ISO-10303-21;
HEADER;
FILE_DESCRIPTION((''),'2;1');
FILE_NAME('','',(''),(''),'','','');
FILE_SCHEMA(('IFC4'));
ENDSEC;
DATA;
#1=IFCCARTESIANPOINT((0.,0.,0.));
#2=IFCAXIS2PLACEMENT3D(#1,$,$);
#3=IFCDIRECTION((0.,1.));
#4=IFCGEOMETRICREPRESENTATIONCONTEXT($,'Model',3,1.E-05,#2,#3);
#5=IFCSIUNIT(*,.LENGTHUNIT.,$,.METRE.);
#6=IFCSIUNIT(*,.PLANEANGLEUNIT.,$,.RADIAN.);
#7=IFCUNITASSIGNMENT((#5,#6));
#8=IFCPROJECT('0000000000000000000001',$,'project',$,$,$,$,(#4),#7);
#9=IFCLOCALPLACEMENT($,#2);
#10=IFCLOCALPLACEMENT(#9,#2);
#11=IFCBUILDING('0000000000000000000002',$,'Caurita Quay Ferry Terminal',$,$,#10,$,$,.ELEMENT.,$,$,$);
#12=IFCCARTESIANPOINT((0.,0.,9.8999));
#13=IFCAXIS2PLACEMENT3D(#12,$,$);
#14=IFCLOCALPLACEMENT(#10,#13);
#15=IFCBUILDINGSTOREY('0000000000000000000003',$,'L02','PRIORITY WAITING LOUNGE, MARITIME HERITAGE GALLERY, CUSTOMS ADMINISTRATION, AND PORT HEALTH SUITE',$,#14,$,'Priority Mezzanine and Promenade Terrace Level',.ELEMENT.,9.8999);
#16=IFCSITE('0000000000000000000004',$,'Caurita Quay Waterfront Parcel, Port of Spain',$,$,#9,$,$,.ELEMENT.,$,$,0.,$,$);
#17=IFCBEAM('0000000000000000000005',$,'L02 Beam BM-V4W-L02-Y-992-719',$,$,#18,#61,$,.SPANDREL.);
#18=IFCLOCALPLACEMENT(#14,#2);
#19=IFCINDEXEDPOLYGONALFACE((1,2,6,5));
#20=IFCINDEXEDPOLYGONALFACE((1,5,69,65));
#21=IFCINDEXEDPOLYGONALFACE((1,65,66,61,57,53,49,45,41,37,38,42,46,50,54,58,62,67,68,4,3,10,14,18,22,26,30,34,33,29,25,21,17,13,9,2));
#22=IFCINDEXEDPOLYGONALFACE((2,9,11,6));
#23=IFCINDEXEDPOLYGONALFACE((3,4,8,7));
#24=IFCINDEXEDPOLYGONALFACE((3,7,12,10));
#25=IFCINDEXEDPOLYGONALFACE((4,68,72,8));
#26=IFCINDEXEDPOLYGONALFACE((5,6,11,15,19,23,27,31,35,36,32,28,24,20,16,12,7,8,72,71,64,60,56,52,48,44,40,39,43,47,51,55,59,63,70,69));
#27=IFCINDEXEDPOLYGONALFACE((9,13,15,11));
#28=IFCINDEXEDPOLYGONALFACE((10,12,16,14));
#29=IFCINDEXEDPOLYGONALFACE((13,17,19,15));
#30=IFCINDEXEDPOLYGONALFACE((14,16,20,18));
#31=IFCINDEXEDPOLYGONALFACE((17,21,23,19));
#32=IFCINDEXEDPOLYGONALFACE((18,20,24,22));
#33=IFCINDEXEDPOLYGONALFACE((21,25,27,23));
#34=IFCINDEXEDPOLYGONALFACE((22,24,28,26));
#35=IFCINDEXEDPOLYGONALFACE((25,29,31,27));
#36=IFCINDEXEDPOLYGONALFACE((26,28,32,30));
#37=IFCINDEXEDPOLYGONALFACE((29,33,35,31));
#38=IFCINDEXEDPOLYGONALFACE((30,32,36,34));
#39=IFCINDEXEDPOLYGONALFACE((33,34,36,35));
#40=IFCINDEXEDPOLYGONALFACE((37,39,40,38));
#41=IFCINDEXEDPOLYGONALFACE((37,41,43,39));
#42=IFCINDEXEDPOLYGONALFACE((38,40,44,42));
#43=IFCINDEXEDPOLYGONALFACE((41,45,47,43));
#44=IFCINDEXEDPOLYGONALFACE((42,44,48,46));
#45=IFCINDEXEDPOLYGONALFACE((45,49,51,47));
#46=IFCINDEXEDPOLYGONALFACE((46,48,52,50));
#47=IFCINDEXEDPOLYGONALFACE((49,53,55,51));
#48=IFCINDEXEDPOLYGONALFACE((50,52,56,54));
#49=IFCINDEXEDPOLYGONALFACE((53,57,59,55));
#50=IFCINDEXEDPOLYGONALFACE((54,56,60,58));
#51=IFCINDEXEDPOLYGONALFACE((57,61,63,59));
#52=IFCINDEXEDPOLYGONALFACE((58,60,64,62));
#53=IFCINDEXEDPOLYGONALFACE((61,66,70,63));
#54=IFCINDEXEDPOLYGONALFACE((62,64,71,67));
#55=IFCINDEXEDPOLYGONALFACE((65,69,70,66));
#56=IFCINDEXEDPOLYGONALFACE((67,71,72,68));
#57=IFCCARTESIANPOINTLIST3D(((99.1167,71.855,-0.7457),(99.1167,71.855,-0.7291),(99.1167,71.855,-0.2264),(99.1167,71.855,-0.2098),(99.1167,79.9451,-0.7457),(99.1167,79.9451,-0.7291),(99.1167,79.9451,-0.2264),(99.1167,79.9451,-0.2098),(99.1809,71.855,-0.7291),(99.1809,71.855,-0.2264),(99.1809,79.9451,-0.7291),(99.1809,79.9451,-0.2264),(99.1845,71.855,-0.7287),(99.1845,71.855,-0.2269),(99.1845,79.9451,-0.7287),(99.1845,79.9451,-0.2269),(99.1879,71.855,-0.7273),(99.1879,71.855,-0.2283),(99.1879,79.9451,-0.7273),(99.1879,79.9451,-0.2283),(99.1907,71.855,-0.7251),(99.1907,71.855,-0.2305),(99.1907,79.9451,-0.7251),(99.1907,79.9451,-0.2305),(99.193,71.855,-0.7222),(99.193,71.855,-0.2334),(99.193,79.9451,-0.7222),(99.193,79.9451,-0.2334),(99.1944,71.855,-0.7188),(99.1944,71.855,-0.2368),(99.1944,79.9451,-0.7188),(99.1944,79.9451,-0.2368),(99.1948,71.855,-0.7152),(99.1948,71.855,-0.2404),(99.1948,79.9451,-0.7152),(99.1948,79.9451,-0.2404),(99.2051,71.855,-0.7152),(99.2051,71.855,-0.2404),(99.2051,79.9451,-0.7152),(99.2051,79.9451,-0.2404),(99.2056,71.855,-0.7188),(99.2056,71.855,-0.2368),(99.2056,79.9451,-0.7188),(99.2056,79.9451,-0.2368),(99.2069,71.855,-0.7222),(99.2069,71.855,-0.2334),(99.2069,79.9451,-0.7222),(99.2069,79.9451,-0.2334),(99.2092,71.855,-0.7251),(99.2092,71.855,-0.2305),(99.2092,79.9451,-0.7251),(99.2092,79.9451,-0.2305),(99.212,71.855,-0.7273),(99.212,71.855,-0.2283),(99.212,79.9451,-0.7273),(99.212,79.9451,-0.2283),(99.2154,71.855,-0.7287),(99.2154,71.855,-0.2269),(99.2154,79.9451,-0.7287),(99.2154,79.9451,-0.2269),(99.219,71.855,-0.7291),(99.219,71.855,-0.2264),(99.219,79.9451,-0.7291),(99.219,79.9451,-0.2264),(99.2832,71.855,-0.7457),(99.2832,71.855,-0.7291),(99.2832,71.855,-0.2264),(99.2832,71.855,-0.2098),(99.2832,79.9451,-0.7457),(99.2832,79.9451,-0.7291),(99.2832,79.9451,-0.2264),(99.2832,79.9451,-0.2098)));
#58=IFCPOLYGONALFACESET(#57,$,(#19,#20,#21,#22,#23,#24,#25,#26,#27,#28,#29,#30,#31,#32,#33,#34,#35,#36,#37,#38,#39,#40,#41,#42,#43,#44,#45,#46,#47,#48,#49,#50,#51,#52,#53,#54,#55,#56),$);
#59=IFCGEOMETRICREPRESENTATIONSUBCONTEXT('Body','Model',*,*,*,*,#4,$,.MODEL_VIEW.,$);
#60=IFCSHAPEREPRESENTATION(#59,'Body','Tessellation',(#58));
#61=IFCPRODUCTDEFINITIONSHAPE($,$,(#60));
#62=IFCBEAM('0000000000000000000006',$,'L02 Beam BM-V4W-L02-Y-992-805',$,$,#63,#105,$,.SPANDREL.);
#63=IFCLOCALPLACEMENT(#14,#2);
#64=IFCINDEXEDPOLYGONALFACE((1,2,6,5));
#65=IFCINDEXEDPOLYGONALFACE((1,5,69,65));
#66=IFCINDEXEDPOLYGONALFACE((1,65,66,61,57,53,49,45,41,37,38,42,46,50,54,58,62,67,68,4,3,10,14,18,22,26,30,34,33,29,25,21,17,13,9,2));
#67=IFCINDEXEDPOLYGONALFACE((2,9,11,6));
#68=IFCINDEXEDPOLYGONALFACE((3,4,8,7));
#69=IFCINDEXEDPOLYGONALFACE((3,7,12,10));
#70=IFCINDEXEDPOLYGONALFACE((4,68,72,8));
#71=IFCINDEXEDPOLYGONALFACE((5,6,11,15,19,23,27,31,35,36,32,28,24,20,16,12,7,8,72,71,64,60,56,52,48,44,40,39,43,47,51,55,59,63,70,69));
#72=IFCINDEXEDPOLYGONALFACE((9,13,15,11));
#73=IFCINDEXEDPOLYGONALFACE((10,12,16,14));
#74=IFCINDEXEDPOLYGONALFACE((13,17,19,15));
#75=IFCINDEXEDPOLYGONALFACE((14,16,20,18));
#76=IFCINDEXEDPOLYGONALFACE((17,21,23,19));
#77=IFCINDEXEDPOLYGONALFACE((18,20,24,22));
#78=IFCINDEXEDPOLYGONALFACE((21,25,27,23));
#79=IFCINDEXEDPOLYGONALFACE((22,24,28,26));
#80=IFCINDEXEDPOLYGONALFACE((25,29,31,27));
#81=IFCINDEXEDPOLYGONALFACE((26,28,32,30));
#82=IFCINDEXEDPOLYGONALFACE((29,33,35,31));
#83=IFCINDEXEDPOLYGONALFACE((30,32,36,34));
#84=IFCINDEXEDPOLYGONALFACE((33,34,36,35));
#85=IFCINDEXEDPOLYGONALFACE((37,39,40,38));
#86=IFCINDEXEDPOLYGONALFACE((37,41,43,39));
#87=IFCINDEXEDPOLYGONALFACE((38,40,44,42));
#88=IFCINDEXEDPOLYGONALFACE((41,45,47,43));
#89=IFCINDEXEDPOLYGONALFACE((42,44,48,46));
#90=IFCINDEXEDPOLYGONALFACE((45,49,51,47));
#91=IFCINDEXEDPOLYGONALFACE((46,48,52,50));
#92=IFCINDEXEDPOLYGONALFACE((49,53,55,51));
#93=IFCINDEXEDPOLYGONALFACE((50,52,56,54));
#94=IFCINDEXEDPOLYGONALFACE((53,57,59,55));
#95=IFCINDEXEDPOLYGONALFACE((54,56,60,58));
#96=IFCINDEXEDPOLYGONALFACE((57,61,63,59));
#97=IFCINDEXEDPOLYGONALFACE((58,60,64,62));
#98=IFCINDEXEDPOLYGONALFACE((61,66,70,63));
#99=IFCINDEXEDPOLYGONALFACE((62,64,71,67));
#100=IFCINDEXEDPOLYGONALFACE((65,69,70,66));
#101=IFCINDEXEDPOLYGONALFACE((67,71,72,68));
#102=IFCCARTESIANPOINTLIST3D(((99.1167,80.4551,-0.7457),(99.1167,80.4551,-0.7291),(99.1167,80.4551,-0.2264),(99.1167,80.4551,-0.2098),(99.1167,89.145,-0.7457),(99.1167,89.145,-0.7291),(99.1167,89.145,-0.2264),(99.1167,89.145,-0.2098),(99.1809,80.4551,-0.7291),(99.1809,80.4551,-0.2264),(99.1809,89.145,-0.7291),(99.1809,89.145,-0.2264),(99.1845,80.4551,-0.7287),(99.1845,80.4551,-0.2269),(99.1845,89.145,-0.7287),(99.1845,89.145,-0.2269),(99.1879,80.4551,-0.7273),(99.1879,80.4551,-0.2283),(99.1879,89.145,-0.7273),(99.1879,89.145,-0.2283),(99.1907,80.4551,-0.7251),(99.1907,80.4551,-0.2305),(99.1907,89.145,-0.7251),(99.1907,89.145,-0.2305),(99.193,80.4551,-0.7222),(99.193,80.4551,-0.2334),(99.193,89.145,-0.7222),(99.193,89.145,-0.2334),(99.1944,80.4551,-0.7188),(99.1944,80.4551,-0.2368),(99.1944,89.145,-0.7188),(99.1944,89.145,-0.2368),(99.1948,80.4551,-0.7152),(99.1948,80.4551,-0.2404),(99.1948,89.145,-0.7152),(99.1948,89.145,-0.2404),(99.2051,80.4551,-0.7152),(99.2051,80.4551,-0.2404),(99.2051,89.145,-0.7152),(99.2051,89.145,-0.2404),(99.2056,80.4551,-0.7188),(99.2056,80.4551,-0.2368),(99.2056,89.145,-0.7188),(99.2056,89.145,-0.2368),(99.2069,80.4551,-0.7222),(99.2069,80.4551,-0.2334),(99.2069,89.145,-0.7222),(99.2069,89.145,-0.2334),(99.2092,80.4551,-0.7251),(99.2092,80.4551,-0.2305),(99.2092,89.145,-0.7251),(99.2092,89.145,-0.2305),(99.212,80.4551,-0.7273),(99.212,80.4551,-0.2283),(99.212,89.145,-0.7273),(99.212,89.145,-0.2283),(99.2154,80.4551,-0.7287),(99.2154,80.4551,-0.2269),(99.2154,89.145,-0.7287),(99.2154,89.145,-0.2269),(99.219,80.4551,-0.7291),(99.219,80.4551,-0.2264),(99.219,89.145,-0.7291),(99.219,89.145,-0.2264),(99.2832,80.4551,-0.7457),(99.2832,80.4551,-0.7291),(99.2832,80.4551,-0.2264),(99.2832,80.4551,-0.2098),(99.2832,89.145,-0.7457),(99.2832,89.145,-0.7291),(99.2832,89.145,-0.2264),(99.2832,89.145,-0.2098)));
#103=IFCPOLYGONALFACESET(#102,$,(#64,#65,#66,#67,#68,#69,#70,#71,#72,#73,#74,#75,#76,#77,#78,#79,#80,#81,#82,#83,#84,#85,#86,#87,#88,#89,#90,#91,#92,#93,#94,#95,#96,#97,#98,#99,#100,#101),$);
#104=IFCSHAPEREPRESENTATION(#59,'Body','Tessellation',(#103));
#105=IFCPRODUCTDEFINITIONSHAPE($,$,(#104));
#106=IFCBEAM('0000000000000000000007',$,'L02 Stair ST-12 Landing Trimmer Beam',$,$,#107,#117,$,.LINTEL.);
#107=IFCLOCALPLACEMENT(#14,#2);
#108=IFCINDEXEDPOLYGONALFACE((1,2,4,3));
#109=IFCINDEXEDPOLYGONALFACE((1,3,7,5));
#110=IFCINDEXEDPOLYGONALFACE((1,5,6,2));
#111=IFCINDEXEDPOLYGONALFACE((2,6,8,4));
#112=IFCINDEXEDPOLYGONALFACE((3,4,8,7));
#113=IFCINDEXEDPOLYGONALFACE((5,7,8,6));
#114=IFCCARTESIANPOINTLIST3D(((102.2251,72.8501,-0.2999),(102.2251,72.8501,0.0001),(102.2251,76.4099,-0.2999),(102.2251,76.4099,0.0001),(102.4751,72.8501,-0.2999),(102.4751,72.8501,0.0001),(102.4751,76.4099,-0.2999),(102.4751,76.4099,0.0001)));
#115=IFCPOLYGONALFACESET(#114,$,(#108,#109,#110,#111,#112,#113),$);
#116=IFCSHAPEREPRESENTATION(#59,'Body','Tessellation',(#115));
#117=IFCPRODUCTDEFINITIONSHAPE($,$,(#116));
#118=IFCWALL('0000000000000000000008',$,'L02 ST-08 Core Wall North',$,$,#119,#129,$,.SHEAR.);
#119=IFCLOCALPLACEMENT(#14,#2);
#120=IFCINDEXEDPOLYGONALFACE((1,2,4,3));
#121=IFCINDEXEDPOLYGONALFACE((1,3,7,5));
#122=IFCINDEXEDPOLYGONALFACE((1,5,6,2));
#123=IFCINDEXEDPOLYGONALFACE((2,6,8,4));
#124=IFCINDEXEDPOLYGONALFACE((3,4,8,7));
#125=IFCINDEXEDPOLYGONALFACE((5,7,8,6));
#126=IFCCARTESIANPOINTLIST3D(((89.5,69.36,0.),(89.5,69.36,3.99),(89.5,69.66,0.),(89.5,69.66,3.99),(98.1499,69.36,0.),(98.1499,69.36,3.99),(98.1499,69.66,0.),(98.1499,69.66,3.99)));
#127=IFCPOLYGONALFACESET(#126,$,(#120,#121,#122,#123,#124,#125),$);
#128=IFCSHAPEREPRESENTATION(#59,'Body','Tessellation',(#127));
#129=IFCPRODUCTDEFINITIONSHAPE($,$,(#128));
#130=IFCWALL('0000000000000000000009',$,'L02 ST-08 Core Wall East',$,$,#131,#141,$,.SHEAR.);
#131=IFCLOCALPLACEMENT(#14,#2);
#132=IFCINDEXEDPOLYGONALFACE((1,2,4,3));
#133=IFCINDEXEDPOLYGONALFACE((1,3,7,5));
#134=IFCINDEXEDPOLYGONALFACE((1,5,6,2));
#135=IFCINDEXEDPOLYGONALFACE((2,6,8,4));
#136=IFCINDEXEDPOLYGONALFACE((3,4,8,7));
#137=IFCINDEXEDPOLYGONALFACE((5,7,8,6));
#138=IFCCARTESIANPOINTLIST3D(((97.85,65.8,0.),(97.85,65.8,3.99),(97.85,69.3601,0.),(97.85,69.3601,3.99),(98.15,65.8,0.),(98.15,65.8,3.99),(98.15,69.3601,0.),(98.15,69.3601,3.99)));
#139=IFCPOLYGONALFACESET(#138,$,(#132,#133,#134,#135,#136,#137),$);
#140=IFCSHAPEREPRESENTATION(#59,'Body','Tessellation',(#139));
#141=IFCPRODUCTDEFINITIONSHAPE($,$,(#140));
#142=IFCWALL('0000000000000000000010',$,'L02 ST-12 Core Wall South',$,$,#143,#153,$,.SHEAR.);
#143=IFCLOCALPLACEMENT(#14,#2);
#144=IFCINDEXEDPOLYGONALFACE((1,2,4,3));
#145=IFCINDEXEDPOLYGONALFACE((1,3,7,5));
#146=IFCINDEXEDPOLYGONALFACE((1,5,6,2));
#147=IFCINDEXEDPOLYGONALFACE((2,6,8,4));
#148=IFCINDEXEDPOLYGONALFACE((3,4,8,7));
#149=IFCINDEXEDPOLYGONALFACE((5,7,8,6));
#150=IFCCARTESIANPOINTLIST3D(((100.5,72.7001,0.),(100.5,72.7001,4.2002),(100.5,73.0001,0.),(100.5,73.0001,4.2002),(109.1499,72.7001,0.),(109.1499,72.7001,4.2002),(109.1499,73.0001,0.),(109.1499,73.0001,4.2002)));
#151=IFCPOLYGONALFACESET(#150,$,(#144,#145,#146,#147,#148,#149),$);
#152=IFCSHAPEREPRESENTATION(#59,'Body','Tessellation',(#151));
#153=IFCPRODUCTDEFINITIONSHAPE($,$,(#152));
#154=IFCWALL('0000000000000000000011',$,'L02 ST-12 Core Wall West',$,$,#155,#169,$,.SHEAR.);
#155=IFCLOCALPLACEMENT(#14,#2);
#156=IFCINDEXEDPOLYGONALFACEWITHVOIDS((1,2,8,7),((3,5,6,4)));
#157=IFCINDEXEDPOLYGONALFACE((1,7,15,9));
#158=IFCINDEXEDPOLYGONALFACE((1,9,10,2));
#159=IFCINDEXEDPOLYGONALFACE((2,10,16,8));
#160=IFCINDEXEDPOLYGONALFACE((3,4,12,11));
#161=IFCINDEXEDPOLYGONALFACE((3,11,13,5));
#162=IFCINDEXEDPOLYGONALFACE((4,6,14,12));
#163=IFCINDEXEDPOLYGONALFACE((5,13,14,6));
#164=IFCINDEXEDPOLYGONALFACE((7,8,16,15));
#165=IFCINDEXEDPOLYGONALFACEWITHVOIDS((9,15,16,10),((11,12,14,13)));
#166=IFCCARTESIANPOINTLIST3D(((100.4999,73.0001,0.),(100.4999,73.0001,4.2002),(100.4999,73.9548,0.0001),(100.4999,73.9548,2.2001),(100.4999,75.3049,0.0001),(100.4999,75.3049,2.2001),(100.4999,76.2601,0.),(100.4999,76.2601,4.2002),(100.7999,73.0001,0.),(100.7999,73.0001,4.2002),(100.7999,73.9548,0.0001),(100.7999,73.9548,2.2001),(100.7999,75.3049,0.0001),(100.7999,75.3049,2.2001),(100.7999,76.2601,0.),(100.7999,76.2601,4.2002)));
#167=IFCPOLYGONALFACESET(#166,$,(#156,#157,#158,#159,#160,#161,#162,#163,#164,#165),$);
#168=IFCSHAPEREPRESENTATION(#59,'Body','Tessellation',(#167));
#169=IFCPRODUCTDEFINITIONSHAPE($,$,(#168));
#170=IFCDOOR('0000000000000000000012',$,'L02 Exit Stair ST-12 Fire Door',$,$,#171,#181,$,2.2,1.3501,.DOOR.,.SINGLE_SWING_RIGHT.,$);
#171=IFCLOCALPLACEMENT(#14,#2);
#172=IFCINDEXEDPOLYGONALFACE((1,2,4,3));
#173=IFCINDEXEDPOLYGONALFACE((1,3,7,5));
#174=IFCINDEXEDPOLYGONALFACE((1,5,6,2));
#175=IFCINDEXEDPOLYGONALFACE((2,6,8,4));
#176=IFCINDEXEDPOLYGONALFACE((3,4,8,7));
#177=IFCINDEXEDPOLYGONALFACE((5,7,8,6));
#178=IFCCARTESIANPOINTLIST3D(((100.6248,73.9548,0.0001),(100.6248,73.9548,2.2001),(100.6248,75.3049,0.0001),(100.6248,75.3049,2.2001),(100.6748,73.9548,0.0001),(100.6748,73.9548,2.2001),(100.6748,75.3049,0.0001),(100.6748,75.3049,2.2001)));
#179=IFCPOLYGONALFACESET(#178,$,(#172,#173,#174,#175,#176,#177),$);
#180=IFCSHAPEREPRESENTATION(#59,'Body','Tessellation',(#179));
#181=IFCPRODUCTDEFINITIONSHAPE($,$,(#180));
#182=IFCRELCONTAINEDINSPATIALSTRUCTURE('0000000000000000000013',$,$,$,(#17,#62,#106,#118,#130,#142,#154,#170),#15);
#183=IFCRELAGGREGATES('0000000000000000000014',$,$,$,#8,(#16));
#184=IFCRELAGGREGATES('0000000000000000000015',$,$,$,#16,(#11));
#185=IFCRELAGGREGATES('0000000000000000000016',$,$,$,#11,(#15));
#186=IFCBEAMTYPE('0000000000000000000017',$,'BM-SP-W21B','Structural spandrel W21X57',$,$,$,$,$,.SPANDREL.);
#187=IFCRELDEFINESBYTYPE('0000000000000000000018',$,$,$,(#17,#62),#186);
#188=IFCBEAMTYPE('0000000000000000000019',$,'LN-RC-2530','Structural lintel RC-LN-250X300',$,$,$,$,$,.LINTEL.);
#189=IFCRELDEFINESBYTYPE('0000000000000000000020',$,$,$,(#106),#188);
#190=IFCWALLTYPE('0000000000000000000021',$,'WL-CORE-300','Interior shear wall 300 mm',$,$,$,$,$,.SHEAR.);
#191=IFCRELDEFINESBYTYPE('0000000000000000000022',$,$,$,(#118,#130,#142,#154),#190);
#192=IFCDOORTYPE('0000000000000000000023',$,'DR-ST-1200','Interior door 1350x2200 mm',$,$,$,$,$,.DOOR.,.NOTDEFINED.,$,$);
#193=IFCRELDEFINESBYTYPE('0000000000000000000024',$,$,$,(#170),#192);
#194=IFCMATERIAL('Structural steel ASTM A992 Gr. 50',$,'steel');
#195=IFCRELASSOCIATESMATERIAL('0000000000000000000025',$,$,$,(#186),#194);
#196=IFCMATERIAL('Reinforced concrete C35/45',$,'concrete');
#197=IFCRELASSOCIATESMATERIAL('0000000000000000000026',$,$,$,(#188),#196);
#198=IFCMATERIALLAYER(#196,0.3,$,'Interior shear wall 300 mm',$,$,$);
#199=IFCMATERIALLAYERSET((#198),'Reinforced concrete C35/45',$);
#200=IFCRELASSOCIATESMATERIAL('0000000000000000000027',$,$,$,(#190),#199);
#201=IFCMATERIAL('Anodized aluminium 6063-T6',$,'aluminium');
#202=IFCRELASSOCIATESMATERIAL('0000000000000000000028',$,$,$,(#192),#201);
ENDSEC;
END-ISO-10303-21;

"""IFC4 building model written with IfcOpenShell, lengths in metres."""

from ifc_helpers import new_model, si_unit, direction, frame, frame_2d, origin, origin_2d, place, context, subcontext, project, spatial, rectangle, i_section, extrude, material, layer, layer_set, material_profile, profile_set, type_object, element, fill, save


model = new_model("IFC4")

# Units and contexts
model_context = context("Model", 3, precision=1e-05, world=origin(), true_north=direction((0.0, 1.0)))
body_context = subcontext(model_context, "Body", "Model", "MODEL_VIEW")
ifc_project = project(units=[si_unit("LENGTHUNIT", "METRE"), si_unit("PLANEANGLEUNIT", "RADIAN")], contexts=[model_context])

# Site, building, storey
site_placement = place(None, origin())
site = spatial("IfcSite", under=ifc_project, at=site_placement, Name="Caurita Quay Waterfront Parcel, Port of Spain", CompositionType="ELEMENT", RefElevation=0.0)
building_placement = place(site_placement, origin())
building = spatial("IfcBuilding", under=site, at=building_placement, Name="Caurita Quay Ferry Terminal", CompositionType="ELEMENT")
storey_placement = place(building_placement, frame((0.0, 0.0, 9.8999)))
storey = spatial("IfcBuildingStorey", under=building, at=storey_placement, Name="L02", Description="PRIORITY WAITING LOUNGE, MARITIME HERITAGE GALLERY, CUSTOMS ADMINISTRATION, AND PORT HEALTH SUITE", LongName="Priority Mezzanine and Promenade Terrace Level", CompositionType="ELEMENT", Elevation=9.8999)

# Shared definitions
ifc_material_1 = material(Name="Structural steel ASTM A992 Gr. 50", Category="steel")

# Beams
ifc_material_profile_1 = material_profile(ifc_material_1, i_section(OverallWidth=0.1665, OverallDepth=0.5359, WebThickness=0.0103, FlangeThickness=0.0166, FilletRadius=0.0139, at=origin_2d()), Name="W21X57")
ifc_profile_set_1 = profile_set([ifc_material_profile_1], Name="Structural steel ASTM A992 Gr. 50")
beam_type_1 = type_object("IfcBeamType", Name="BM-SP-W21B", Description="Structural spandrel W21X57", PredefinedType="SPANDREL", material=ifc_profile_set_1)
beam_1_placement = place(storey_placement, frame((99.2, 71.855, -0.4778), z_axis=(0.0, 1.0, 0.0), x_axis=(-1.0, 0.0, 0.0)))
element("IfcBeam", 1, at=beam_1_placement, inside=storey, type_object=beam_type_1, Name="L02 Beam BM-V4W-L02-Y-992-719", PredefinedType="SPANDREL", context=body_context, shape_type="SweptSolid", body=[
    extrude(i_section(OverallWidth=0.1665, OverallDepth=0.5359, WebThickness=0.0103, FlangeThickness=0.0166, FilletRadius=0.0139, at=origin_2d()), origin(), (0.0, 0.0, 1.0), 8.0901),
])
beam_2_placement = place(storey_placement, frame((99.2, 80.4551, -0.4778), z_axis=(0.0, 1.0, 0.0), x_axis=(-1.0, 0.0, 0.0)))
element("IfcBeam", 2, at=beam_2_placement, inside=storey, type_object=beam_type_1, Name="L02 Beam BM-V4W-L02-Y-992-805", PredefinedType="SPANDREL", context=body_context, shape_type="SweptSolid", body=[
    extrude(i_section(OverallWidth=0.1665, OverallDepth=0.5359, WebThickness=0.0103, FlangeThickness=0.0166, FilletRadius=0.0139, at=origin_2d()), origin(), (0.0, 0.0, 1.0), 8.6899),
])
ifc_material_2 = material(Name="Reinforced concrete C35/45", Category="concrete")
ifc_material_profile_2 = material_profile(ifc_material_2, rectangle(XDim=0.25, YDim=0.3, at=origin_2d()), Name="RC-LN-250X300")
ifc_profile_set_2 = profile_set([ifc_material_profile_2], Name="Reinforced concrete C35/45")
beam_type_2 = type_object("IfcBeamType", Name="LN-RC-2530", Description="Structural lintel RC-LN-250X300", PredefinedType="LINTEL", material=ifc_profile_set_2)
beam_3_placement = place(storey_placement, frame((102.3501, 72.8501, -0.1499), z_axis=(0.0, 1.0, 0.0), x_axis=(-1.0, 0.0, 0.0)))
element("IfcBeam", 3, at=beam_3_placement, inside=storey, type_object=beam_type_2, Name="L02 Stair ST-12 Landing Trimmer Beam", PredefinedType="LINTEL", context=body_context, shape_type="SweptSolid", body=[
    extrude(rectangle(XDim=0.25, YDim=0.3, at=origin_2d()), origin(), (0.0, 0.0, 1.0), 3.5598),
])

# Walls
ifc_layer_1 = layer(ifc_material_2, 0.3, Name="Interior shear wall 300 mm")
ifc_layer_set_1 = layer_set([ifc_layer_1], Name="Reinforced concrete C35/45")
wall_type_1 = type_object("IfcWallType", Name="WL-CORE-300", Description="Interior shear wall 300 mm", PredefinedType="SHEAR", material=ifc_layer_set_1)
wall_1_placement = place(storey_placement, frame((98.1499, 69.51, 0.0), z_axis=(0.0, 0.0, 1.0), x_axis=(-1.0, 0.0, 0.0)))
element("IfcWall", 4, at=wall_1_placement, inside=storey, type_object=wall_type_1, Name="L02 ST-08 Core Wall North", PredefinedType="SHEAR", context=body_context, shape_type="SweptSolid", body=[
    extrude(rectangle(XDim=8.6499, YDim=0.3, at=frame_2d((4.325, 0.0))), origin(), (0.0, 0.0, 1.0), 3.99),
])
wall_2_placement = place(storey_placement, frame((98.0, 65.8, 0.0), z_axis=(0.0, 0.0, 1.0), x_axis=(0.0, 1.0, 0.0)))
element("IfcWall", 5, at=wall_2_placement, inside=storey, type_object=wall_type_1, Name="L02 ST-08 Core Wall East", PredefinedType="SHEAR", context=body_context, shape_type="SweptSolid", body=[
    extrude(rectangle(XDim=3.5601, YDim=0.3, at=frame_2d((1.78, 0.0))), origin(), (0.0, 0.0, 1.0), 3.99),
])
wall_3_placement = place(storey_placement, frame((100.5, 72.8501, 0.0), z_axis=(0.0, 0.0, 1.0), x_axis=(1.0, 0.0, 0.0)))
element("IfcWall", 6, at=wall_3_placement, inside=storey, type_object=wall_type_1, Name="L02 ST-12 Core Wall South", PredefinedType="SHEAR", context=body_context, shape_type="SweptSolid", body=[
    extrude(rectangle(XDim=8.6499, YDim=0.3, at=frame_2d((4.325, 0.0))), origin(), (0.0, 0.0, 1.0), 4.2002),
])

# Wall, opening, door
wall_4_placement = place(storey_placement, frame((100.6499, 76.26, 0.0), z_axis=(0.0, 0.0, 1.0), x_axis=(0.0, -1.0, 0.0)))
wall_4 = element("IfcWall", 7, at=wall_4_placement, inside=storey, type_object=wall_type_1, Name="L02 ST-12 Core Wall West", PredefinedType="SHEAR", context=body_context, shape_type="SweptSolid", body=[
    extrude(rectangle(XDim=3.26, YDim=0.3, at=frame_2d((1.6299, 0.0))), origin(), (0.0, 0.0, 1.0), 4.2002),
])
opening_1_placement = place(wall_4_placement, frame((0.9551, 0.0, 0.0)))
opening_1 = element("IfcOpeningElement", 8, at=opening_1_placement, cuts=wall_4, PredefinedType="OPENING", context=body_context, shape_type="SweptSolid", body=[
    extrude(rectangle(XDim=1.3501, YDim=2.2, at=frame_2d((0.675, 1.1001))), frame((0.0, 0.1599, 0.0), z_axis=(0.0, -1.0, 0.0), x_axis=(1.0, 0.0, 0.0)), (0.0, 0.0, 1.0), 0.3201),
])
ifc_material_3 = material(Name="Anodized aluminium 6063-T6", Category="aluminium")
door_type_1 = type_object("IfcDoorType", Name="DR-ST-1200", Description="Interior door 1350x2200 mm", OperationType="NOTDEFINED", PredefinedType="DOOR", material=ifc_material_3)
door_1_placement = place(opening_1_placement, origin())
door_1 = element("IfcDoor", 9, at=door_1_placement, inside=storey, type_object=door_type_1, Name="L02 Exit Stair ST-12 Fire Door", OperationType="SINGLE_SWING_RIGHT", OverallHeight=2.2, OverallWidth=1.3501, PredefinedType="DOOR", context=body_context, shape_type="SweptSolid", body=[
    extrude(rectangle(XDim=1.3501, YDim=2.2, at=frame_2d((0.675, 1.1001))), frame((0.0, 0.0249, 0.0), z_axis=(0.0, -1.0, 0.0), x_axis=(1.0, 0.0, 0.0)), (0.0, 0.0, 1.0), 0.05),
])
fill(opening_1, door_1)

save(model, "model.ifc")
